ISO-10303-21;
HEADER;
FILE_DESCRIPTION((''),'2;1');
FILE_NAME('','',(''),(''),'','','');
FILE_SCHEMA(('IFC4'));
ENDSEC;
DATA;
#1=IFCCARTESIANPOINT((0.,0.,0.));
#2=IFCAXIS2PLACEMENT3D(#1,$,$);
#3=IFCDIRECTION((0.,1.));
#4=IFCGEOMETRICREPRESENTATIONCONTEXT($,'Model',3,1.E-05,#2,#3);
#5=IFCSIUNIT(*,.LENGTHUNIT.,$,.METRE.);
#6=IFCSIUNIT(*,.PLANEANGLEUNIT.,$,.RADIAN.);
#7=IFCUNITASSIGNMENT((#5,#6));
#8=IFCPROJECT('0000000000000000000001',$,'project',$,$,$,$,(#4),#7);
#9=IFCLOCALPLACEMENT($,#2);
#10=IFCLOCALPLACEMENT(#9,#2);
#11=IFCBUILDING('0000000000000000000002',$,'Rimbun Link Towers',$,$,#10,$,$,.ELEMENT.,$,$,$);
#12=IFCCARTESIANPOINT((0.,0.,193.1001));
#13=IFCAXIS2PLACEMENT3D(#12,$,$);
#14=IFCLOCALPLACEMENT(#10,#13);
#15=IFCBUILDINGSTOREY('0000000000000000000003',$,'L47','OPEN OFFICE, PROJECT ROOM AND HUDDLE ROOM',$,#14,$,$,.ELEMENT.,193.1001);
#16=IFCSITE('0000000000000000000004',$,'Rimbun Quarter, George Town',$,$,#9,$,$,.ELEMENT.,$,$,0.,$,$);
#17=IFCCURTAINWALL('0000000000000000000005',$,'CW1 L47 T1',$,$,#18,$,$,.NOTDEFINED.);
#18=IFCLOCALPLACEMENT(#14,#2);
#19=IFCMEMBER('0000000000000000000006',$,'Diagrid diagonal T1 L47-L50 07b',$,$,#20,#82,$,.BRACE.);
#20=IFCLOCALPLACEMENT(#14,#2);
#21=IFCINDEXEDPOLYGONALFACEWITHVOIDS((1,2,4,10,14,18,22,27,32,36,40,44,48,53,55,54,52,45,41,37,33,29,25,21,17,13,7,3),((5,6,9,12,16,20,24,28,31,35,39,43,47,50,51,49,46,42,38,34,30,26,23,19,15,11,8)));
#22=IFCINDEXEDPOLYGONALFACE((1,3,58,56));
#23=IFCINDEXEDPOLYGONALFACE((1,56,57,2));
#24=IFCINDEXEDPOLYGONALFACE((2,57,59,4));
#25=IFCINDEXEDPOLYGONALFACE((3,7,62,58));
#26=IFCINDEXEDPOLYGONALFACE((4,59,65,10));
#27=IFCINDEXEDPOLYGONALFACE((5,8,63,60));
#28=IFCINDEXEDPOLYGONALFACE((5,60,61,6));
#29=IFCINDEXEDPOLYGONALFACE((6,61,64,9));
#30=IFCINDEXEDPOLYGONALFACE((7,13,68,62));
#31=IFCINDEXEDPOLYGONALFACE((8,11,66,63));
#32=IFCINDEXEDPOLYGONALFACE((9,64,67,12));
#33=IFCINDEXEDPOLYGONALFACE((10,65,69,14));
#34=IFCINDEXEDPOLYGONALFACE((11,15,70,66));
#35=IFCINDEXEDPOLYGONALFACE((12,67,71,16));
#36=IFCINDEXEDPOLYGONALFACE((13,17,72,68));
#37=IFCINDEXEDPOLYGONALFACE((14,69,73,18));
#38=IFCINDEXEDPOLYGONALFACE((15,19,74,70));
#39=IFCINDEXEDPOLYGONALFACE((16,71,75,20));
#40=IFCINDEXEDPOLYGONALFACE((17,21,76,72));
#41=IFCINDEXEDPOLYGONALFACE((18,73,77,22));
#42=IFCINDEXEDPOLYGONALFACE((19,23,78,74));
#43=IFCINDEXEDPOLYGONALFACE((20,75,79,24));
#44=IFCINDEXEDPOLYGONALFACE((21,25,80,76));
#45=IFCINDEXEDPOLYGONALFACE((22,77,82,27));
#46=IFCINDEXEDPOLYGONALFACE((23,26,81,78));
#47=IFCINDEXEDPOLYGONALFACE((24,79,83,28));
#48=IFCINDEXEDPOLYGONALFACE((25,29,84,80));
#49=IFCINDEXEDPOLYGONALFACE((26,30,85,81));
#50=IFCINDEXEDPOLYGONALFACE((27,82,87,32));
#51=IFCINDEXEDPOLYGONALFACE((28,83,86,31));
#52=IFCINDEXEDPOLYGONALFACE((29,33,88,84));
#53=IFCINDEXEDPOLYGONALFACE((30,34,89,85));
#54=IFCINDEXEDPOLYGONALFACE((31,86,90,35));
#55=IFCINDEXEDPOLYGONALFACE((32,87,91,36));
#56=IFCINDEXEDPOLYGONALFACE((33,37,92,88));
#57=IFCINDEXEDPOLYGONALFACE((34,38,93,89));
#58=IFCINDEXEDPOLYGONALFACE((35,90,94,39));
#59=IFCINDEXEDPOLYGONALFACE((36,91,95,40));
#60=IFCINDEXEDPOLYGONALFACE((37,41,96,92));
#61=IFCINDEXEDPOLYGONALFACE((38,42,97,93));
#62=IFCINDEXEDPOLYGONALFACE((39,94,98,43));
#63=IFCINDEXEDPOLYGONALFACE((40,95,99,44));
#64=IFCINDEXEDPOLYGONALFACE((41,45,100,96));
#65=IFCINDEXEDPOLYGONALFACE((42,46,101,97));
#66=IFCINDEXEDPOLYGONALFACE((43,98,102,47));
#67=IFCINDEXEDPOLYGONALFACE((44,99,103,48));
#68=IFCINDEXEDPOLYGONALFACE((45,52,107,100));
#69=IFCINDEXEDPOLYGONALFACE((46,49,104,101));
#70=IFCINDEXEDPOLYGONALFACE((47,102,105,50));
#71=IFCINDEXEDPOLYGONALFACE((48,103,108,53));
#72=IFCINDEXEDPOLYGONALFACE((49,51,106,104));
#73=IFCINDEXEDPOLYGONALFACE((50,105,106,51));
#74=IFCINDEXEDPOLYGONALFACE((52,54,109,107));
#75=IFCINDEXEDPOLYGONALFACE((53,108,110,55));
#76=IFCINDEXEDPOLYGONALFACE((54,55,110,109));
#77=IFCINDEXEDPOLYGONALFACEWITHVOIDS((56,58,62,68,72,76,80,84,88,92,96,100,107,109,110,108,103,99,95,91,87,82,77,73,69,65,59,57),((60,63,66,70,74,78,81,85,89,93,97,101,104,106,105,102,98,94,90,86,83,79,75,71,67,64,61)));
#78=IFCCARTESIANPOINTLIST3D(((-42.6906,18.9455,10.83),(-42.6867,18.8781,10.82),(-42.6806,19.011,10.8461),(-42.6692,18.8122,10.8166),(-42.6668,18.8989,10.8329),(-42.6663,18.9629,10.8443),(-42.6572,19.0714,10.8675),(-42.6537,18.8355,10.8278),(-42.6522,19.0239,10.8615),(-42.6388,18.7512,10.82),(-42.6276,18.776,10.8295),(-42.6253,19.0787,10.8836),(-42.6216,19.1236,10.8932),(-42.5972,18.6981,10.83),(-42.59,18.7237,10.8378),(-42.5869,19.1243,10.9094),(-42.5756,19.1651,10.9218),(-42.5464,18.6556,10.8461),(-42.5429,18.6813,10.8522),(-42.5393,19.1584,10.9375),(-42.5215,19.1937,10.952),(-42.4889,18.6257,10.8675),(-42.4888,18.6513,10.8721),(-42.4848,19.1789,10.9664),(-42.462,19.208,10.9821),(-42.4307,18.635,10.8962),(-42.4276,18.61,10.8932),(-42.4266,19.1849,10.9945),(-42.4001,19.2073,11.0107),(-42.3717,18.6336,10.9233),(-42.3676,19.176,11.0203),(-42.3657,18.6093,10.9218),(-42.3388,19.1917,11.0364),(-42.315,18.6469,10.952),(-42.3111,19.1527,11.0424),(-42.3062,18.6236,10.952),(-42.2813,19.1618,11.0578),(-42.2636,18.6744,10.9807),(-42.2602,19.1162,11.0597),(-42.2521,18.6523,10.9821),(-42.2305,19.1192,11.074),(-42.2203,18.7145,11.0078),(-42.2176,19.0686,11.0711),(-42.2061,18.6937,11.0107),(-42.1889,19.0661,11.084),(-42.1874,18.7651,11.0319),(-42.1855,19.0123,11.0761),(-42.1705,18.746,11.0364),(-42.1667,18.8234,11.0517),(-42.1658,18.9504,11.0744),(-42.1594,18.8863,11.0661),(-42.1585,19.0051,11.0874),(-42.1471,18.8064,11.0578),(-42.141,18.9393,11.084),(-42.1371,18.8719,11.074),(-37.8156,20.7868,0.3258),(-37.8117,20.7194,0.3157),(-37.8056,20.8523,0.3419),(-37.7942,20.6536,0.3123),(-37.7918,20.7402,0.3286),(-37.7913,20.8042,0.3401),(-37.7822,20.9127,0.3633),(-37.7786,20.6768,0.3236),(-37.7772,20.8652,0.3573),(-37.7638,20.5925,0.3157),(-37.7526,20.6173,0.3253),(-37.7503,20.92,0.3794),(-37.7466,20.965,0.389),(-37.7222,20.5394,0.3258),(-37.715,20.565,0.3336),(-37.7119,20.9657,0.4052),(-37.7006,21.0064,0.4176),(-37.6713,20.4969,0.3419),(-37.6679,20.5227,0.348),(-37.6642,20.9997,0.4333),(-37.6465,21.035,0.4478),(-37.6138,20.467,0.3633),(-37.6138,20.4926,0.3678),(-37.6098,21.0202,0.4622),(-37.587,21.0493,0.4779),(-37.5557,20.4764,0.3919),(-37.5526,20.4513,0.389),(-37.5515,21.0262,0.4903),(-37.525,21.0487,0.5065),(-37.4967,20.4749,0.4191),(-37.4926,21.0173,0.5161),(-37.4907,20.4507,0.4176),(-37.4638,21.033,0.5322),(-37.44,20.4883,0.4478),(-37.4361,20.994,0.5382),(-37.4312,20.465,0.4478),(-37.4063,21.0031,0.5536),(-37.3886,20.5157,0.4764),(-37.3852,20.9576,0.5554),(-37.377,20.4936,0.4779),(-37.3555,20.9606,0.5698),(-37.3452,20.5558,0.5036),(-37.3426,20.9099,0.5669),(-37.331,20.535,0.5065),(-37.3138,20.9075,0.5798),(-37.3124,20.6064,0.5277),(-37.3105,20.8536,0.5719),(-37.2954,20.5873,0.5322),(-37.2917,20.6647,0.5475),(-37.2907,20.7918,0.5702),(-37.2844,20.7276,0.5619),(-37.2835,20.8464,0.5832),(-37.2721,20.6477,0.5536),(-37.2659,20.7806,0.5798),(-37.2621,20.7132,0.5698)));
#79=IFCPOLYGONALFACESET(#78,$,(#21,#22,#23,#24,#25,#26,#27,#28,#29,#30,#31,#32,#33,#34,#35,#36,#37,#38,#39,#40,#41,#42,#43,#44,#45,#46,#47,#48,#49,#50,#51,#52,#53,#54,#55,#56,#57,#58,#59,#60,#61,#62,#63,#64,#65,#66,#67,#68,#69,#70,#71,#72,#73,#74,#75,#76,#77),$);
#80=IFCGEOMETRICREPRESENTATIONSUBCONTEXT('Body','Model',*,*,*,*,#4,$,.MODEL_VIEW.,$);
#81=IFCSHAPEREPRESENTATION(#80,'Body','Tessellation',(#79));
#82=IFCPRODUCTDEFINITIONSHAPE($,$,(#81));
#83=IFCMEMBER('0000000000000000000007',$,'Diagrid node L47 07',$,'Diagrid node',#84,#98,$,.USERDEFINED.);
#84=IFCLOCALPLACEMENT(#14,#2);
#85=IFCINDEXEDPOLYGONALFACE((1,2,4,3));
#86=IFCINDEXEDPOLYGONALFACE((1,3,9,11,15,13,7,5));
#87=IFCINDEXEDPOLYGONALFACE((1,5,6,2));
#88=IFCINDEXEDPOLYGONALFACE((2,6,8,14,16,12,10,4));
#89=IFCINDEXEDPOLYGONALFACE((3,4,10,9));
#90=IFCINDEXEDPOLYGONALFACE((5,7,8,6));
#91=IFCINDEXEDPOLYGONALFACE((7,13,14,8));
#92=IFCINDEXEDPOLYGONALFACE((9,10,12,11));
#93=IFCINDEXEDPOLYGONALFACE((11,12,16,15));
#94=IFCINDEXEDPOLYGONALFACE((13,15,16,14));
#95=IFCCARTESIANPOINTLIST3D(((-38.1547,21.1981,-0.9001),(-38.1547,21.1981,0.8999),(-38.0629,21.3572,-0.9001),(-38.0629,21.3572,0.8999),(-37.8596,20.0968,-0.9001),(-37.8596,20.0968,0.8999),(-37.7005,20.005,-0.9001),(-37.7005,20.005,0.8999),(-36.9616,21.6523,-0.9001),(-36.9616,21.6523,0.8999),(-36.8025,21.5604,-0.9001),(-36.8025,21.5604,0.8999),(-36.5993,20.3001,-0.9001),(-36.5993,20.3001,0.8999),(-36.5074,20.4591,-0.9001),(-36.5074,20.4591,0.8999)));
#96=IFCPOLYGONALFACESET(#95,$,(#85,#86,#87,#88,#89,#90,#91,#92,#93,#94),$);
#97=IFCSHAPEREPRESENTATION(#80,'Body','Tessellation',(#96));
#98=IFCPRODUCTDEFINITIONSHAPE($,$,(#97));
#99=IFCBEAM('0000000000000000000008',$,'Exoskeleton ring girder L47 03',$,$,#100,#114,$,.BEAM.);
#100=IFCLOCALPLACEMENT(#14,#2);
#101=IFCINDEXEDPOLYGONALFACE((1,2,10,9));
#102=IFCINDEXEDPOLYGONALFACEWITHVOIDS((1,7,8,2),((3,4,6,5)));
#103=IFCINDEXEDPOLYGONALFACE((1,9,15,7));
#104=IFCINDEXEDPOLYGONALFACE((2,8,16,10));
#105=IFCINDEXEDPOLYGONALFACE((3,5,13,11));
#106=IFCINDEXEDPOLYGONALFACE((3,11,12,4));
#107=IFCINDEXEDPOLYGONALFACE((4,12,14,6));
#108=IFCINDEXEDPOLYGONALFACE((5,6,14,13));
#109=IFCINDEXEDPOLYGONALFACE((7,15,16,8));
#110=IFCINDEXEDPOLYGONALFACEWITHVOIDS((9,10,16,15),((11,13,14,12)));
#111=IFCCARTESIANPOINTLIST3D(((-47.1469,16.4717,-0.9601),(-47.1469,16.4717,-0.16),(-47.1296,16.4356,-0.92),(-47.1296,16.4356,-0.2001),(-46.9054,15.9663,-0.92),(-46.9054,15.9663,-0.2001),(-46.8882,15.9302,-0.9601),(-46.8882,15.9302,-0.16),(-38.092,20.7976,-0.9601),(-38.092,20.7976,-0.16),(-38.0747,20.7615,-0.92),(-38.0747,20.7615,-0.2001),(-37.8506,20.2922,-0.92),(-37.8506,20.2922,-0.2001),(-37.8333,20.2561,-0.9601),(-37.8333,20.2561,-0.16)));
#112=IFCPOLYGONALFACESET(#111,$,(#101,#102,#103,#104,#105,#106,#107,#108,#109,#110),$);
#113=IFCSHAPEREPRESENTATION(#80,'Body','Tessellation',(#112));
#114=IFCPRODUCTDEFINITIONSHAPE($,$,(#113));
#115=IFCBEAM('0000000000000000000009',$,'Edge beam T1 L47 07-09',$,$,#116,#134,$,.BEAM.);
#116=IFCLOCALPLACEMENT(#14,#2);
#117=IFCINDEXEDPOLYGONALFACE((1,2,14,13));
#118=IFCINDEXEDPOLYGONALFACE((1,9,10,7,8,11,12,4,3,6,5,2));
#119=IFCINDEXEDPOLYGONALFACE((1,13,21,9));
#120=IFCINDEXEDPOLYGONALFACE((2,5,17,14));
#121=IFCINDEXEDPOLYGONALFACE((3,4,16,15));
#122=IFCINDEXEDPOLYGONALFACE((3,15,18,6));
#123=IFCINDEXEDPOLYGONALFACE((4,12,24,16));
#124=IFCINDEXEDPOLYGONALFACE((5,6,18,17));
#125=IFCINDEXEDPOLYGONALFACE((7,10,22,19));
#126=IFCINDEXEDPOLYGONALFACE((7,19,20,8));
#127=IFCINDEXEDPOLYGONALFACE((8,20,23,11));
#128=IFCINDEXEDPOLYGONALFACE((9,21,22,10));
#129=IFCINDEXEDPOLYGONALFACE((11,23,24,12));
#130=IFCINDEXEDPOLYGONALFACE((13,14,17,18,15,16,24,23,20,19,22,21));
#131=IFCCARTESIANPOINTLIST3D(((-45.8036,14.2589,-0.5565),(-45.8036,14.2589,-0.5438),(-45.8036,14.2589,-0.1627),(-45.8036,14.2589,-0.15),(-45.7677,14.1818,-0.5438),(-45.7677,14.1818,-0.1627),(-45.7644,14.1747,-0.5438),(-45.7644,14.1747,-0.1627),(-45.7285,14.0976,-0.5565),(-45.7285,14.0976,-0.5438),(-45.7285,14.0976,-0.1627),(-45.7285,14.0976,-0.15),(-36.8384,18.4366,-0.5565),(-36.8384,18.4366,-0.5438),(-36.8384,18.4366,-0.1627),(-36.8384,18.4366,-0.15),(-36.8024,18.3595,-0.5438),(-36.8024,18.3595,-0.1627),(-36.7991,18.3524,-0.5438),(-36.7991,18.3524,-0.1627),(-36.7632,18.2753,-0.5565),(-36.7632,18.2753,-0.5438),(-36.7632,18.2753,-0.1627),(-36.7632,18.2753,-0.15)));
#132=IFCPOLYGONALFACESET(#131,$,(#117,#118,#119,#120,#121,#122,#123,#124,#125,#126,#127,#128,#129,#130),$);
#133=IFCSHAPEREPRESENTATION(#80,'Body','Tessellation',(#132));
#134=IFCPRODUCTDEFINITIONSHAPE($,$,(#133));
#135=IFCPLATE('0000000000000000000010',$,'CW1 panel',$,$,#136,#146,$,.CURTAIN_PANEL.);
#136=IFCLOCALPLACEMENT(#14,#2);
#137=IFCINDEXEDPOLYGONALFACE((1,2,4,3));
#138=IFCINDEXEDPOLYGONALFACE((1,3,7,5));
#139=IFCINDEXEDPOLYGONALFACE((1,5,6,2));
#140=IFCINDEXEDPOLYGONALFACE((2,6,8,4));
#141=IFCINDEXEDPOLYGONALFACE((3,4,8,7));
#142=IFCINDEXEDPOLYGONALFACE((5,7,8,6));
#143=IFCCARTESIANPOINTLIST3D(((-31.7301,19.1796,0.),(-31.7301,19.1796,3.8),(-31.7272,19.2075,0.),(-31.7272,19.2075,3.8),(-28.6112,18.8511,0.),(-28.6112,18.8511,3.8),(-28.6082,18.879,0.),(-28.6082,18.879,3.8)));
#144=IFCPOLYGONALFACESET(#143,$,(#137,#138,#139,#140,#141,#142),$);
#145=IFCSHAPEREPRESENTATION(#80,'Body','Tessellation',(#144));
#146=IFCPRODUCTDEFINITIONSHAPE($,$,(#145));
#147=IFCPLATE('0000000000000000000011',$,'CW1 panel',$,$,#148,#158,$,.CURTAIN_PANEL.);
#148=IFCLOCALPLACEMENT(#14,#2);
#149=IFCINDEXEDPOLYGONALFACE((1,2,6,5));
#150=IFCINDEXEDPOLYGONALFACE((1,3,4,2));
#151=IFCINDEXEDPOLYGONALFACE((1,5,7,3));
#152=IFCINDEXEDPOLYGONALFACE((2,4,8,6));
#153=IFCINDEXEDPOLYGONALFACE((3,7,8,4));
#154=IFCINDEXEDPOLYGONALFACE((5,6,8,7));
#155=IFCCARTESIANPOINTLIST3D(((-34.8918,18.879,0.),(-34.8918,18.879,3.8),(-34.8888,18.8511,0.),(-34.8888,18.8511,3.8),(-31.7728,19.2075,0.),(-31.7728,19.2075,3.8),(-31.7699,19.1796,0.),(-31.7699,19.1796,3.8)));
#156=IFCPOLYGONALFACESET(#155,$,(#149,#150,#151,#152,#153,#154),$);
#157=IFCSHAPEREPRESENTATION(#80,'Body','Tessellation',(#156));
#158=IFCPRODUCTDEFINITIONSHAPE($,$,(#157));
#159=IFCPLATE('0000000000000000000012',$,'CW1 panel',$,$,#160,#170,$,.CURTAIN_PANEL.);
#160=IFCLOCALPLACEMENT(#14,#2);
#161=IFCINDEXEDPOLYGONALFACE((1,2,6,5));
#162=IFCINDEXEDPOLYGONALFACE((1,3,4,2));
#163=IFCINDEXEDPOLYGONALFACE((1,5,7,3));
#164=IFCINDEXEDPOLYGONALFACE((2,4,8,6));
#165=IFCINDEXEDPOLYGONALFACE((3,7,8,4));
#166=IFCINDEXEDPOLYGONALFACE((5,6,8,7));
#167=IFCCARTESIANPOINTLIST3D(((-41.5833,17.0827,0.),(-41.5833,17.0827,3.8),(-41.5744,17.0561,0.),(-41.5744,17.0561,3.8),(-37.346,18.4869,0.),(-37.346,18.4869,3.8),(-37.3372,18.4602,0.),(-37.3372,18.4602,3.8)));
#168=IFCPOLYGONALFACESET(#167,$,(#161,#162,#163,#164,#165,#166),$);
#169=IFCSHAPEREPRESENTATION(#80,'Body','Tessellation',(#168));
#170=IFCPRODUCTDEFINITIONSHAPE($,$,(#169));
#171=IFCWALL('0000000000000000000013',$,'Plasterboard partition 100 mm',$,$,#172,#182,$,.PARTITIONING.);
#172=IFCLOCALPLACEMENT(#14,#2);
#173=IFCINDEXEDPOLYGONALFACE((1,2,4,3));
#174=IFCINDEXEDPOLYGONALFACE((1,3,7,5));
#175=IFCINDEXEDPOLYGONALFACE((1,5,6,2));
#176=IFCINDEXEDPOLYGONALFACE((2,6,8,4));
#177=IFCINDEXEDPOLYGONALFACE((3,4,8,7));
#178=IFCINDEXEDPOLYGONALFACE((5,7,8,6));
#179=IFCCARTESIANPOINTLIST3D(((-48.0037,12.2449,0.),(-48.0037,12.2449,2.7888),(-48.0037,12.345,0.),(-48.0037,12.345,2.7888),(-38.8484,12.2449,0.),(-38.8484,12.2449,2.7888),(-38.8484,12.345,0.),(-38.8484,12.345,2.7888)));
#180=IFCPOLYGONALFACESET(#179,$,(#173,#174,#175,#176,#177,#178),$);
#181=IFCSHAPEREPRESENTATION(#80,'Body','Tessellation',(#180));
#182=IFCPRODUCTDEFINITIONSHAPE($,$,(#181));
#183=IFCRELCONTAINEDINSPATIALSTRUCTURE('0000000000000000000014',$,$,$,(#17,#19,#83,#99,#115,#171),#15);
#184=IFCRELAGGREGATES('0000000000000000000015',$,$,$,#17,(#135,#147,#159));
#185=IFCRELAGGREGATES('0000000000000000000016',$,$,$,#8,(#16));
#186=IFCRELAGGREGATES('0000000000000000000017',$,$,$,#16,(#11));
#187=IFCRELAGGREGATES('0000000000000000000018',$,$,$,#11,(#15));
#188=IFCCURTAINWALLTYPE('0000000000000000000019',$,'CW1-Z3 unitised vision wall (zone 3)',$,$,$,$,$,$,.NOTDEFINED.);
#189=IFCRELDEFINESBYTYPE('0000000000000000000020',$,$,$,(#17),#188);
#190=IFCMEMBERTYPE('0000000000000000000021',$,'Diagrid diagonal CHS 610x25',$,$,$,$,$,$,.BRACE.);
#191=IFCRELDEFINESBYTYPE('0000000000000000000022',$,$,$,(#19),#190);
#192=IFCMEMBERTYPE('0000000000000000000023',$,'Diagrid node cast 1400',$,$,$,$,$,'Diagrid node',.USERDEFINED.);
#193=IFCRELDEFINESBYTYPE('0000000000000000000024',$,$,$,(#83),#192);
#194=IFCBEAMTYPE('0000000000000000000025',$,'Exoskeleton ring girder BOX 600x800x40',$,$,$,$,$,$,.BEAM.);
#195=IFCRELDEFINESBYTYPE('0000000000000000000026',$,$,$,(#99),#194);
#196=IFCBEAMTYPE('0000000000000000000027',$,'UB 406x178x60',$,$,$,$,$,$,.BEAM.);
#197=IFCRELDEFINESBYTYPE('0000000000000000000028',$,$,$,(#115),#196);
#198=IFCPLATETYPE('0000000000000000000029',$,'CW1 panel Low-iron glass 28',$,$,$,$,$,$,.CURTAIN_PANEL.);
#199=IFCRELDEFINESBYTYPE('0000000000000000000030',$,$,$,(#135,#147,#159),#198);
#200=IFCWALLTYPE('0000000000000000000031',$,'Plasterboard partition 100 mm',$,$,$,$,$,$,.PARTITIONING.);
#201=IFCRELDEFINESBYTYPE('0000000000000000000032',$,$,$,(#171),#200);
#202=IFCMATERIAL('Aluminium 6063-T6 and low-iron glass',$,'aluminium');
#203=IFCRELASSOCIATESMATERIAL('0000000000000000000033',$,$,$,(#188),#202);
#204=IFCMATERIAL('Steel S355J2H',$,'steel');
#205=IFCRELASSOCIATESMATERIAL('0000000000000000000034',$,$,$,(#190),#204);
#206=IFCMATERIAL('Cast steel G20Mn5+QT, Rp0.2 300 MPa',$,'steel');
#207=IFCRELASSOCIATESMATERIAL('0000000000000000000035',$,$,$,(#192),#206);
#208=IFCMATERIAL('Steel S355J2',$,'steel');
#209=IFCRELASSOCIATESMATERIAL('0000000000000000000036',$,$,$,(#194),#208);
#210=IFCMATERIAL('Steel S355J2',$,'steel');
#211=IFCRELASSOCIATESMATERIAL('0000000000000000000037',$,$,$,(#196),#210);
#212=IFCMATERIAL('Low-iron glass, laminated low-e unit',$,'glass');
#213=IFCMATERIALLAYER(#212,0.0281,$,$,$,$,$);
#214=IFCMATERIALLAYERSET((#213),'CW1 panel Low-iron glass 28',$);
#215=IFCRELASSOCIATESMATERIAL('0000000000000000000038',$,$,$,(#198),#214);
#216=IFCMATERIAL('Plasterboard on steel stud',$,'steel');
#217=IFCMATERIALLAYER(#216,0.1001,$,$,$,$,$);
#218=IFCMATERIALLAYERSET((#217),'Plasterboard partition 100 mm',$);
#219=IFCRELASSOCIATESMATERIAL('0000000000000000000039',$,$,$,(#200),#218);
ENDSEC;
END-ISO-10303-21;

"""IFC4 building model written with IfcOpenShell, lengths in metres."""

from ifc_helpers import new_model, si_unit, direction, frame, frame_2d, origin, origin_2d, place, context, subcontext, project, spatial, polyline, rectangle, hollow_rectangle, hollow_circle, i_section, outline, extrude, material, layer, layer_set, material_profile, profile_set, type_object, element, aggregate, save


model = new_model("IFC4")

# Units and contexts
model_context = context("Model", 3, precision=1e-05, world=origin(), true_north=direction((0.0, 1.0)))
body_context = subcontext(model_context, "Body", "Model", "MODEL_VIEW")
ifc_project = project(units=[si_unit("LENGTHUNIT", "METRE"), si_unit("PLANEANGLEUNIT", "RADIAN")], contexts=[model_context])

# Site, building, storey
site_placement = place(None, origin())
site = spatial("IfcSite", under=ifc_project, at=site_placement, Name="Rimbun Quarter, George Town", CompositionType="ELEMENT", RefElevation=0.0)
building_placement = place(site_placement, origin())
building = spatial("IfcBuilding", under=site, at=building_placement, Name="Rimbun Link Towers", CompositionType="ELEMENT")
storey_placement = place(building_placement, frame((0.0, 0.0, 193.1001)))
storey = spatial("IfcBuildingStorey", under=building, at=storey_placement, Name="L47", Description="OPEN OFFICE, PROJECT ROOM AND HUDDLE ROOM", CompositionType="ELEMENT", Elevation=193.1001)

# Curtain wall
ifc_material_1 = material(Name="Aluminium 6063-T6 and low-iron glass", Category="aluminium")
curtain_wall_type = type_object("IfcCurtainWallType", Name="CW1-Z3 unitised vision wall (zone 3)", PredefinedType="NOTDEFINED", material=ifc_material_1)
curtain_wall_placement = place(storey_placement, origin())
curtain_wall = element("IfcCurtainWall", 1, at=curtain_wall_placement, inside=storey, type_object=curtain_wall_type, Name="CW1 L47 T1", PredefinedType="NOTDEFINED")

# Members
ifc_material_2 = material(Name="Steel S355J2H", Category="steel")
ifc_material_profile_1 = material_profile(ifc_material_2, hollow_circle(Radius=0.3047, WallThickness=0.0249, at=origin_2d()), Name="Diagrid diagonal CHS 610x25")
ifc_profile_set_1 = profile_set([ifc_material_profile_1], Name="Steel S355J2H")
member_type_1 = type_object("IfcMemberType", Name="Diagrid diagonal CHS 610x25", PredefinedType="BRACE", material=ifc_profile_set_1)
member_1_placement = place(storey_placement, frame((-37.5388, 20.75, 0.4478), z_axis=(-0.415752, -0.157031, 0.895819), x_axis=(0.35334, -0.935495, 0.0)))
element("IfcMember", 2, at=member_1_placement, inside=storey, type_object=member_type_1, Name="Diagrid diagonal T1 L47-L50 07b", PredefinedType="BRACE", context=body_context, shape_type="SweptSolid", body=[
    extrude(hollow_circle(Radius=0.3047, WallThickness=0.0249, at=origin_2d()), origin(), (0.0, 0.0, 1.0), 11.7258),
])
ifc_material_3 = material(Name="Cast steel G20Mn5+QT, Rp0.2 300 MPa", Category="steel")
ifc_material_profile_2 = material_profile(ifc_material_3, outline(polyline([(0.7, -0.5701), (0.7, 0.5701), (0.5701, 0.7), (-0.5701, 0.7), (-0.7, 0.5701), (-0.7, -0.5701), (-0.5701, -0.7), (0.5701, -0.7), (0.7, -0.5701)])), Name="NODE 1400x1400")
ifc_profile_set_2 = profile_set([ifc_material_profile_2], Name="Cast steel G20Mn5+QT, Rp0.2 300 MPa")
member_type_2 = type_object("IfcMemberType", Name="Diagrid node cast 1400", ElementType="Diagrid node", PredefinedType="USERDEFINED", material=ifc_profile_set_2)
member_2_placement = place(storey_placement, frame((-37.3311, 20.8286, -0.9001), z_axis=(0.0, 0.0, 1.0), x_axis=(-0.258819, 0.965926, 0.0)))
element("IfcMember", 3, at=member_2_placement, inside=storey, type_object=member_type_2, Name="Diagrid node L47 07", ObjectType="Diagrid node", PredefinedType="USERDEFINED", context=body_context, shape_type="SweptSolid", body=[
    extrude(outline(polyline([(0.7, -0.5701), (0.7, 0.5701), (0.5701, 0.7), (-0.5701, 0.7), (-0.7, 0.5701), (-0.7, -0.5701), (-0.5701, -0.7), (0.5701, -0.7), (0.7, -0.5701)])), origin(), (0.0, 0.0, 1.0), 1.8),
])

# Beams
ifc_material_4 = material(Name="Steel S355J2", Category="steel")
ifc_material_profile_3 = material_profile(ifc_material_4, hollow_rectangle(XDim=0.6001, YDim=0.8, WallThickness=0.04, at=origin_2d()), Name="Exoskeleton ring girder BOX 600x800x40")
ifc_profile_set_3 = profile_set([ifc_material_profile_3], Name="Steel S355J2")
beam_type_1 = type_object("IfcBeamType", Name="Exoskeleton ring girder BOX 600x800x40", PredefinedType="BEAM", material=ifc_profile_set_3)
beam_1_placement = place(storey_placement, frame((-37.9626, 20.5269, -0.5601), z_axis=(-0.902316, -0.431075, 0.0), x_axis=(0.431075, -0.902316, 0.0)))
element("IfcBeam", 4, at=beam_1_placement, inside=storey, type_object=beam_type_1, Name="Exoskeleton ring girder L47 03", PredefinedType="BEAM", context=body_context, shape_type="SweptSolid", body=[
    extrude(hollow_rectangle(XDim=0.6001, YDim=0.8, WallThickness=0.04, at=origin_2d()), origin(), (0.0, 0.0, 1.0), 10.0352),
])
ifc_material_5 = material(Name="Steel S355J2", Category="steel")
ifc_material_profile_4 = material_profile(ifc_material_5, i_section(OverallWidth=0.178, OverallDepth=0.4065, WebThickness=0.0078, FlangeThickness=0.0127, at=origin_2d()), Name="UB 406x178x60")
ifc_profile_set_4 = profile_set([ifc_material_profile_4], Name="Steel S355J2")
beam_type_2 = type_object("IfcBeamType", Name="UB 406x178x60", PredefinedType="BEAM", material=ifc_profile_set_4)
beam_2_placement = place(storey_placement, frame((-36.8008, 18.356, -0.3533), z_axis=(-0.906419, -0.42238, 0.0), x_axis=(0.42238, -0.906419, 0.0)))
element("IfcBeam", 5, at=beam_2_placement, inside=storey, type_object=beam_type_2, Name="Edge beam T1 L47 07-09", PredefinedType="BEAM", context=body_context, shape_type="SweptSolid", body=[
    extrude(i_section(OverallWidth=0.178, OverallDepth=0.4065, WebThickness=0.0078, FlangeThickness=0.0127, at=origin_2d()), origin(), (0.0, 0.0, 1.0), 9.8909),
])

# Plates
ifc_material_6 = material(Name="Low-iron glass, laminated low-e unit", Category="glass")
ifc_layer_1 = layer(ifc_material_6, 0.0281)
ifc_layer_set_1 = layer_set([ifc_layer_1], Name="CW1 panel Low-iron glass 28")
plate_type = type_object("IfcPlateType", Name="CW1 panel Low-iron glass 28", PredefinedType="CURTAIN_PANEL", material=ifc_layer_set_1)
plate_1_placement = place(storey_placement, frame((-30.1692, 19.0293, 0.0), z_axis=(0.0, 0.0, 1.0), x_axis=(0.994499, -0.104748, 0.0)))
plate_1 = element("IfcPlate", 6, at=plate_1_placement, type_object=plate_type, Name="CW1 panel", PredefinedType="CURTAIN_PANEL", context=body_context, shape_type="SweptSolid", body=[
    extrude(rectangle(XDim=3.1362, YDim=0.0281, at=origin_2d()), origin(), (0.0, 0.0, 1.0), 3.8),
])
plate_2_placement = place(storey_placement, frame((-33.3308, 19.0293, 0.0), z_axis=(0.0, 0.0, 1.0), x_axis=(0.994499, 0.104748, 0.0)))
plate_2 = element("IfcPlate", 7, at=plate_2_placement, type_object=plate_type, Name="CW1 panel", PredefinedType="CURTAIN_PANEL", context=body_context, shape_type="SweptSolid", body=[
    extrude(rectangle(XDim=3.1362, YDim=0.0281, at=origin_2d()), origin(), (0.0, 0.0, 1.0), 3.8),
])
plate_3_placement = place(storey_placement, frame((-39.4602, 17.7715, 0.0), z_axis=(0.0, 0.0, 1.0), x_axis=(0.949238, 0.314558, 0.0)))
plate_3 = element("IfcPlate", 8, at=plate_3_placement, type_object=plate_type, Name="CW1 panel", PredefinedType="CURTAIN_PANEL", context=body_context, shape_type="SweptSolid", body=[
    extrude(rectangle(XDim=4.4639, YDim=0.0281, at=origin_2d()), origin(), (0.0, 0.0, 1.0), 3.8),
])
aggregate(curtain_wall, [plate_1, plate_2, plate_3])

# Wall
ifc_material_7 = material(Name="Plasterboard on steel stud", Category="steel")
ifc_layer_2 = layer(ifc_material_7, 0.1001)
ifc_layer_set_2 = layer_set([ifc_layer_2], Name="Plasterboard partition 100 mm")
wall_type = type_object("IfcWallType", Name="Plasterboard partition 100 mm", PredefinedType="PARTITIONING", material=ifc_layer_set_2)
wall_1_placement = place(storey_placement, frame((-38.8484, 12.2949, 0.0), z_axis=(0.0, 0.0, 1.0), x_axis=(-1.0, 0.0, 0.0)))
element("IfcWall", 9, at=wall_1_placement, inside=storey, type_object=wall_type, Name="Plasterboard partition 100 mm", PredefinedType="PARTITIONING", context=body_context, shape_type="SweptSolid", body=[
    extrude(rectangle(XDim=9.1553, YDim=0.1001, at=frame_2d((4.5776, 0.0))), origin(), (0.0, 0.0, 1.0), 2.7888),
])

save(model, "model.ifc")
